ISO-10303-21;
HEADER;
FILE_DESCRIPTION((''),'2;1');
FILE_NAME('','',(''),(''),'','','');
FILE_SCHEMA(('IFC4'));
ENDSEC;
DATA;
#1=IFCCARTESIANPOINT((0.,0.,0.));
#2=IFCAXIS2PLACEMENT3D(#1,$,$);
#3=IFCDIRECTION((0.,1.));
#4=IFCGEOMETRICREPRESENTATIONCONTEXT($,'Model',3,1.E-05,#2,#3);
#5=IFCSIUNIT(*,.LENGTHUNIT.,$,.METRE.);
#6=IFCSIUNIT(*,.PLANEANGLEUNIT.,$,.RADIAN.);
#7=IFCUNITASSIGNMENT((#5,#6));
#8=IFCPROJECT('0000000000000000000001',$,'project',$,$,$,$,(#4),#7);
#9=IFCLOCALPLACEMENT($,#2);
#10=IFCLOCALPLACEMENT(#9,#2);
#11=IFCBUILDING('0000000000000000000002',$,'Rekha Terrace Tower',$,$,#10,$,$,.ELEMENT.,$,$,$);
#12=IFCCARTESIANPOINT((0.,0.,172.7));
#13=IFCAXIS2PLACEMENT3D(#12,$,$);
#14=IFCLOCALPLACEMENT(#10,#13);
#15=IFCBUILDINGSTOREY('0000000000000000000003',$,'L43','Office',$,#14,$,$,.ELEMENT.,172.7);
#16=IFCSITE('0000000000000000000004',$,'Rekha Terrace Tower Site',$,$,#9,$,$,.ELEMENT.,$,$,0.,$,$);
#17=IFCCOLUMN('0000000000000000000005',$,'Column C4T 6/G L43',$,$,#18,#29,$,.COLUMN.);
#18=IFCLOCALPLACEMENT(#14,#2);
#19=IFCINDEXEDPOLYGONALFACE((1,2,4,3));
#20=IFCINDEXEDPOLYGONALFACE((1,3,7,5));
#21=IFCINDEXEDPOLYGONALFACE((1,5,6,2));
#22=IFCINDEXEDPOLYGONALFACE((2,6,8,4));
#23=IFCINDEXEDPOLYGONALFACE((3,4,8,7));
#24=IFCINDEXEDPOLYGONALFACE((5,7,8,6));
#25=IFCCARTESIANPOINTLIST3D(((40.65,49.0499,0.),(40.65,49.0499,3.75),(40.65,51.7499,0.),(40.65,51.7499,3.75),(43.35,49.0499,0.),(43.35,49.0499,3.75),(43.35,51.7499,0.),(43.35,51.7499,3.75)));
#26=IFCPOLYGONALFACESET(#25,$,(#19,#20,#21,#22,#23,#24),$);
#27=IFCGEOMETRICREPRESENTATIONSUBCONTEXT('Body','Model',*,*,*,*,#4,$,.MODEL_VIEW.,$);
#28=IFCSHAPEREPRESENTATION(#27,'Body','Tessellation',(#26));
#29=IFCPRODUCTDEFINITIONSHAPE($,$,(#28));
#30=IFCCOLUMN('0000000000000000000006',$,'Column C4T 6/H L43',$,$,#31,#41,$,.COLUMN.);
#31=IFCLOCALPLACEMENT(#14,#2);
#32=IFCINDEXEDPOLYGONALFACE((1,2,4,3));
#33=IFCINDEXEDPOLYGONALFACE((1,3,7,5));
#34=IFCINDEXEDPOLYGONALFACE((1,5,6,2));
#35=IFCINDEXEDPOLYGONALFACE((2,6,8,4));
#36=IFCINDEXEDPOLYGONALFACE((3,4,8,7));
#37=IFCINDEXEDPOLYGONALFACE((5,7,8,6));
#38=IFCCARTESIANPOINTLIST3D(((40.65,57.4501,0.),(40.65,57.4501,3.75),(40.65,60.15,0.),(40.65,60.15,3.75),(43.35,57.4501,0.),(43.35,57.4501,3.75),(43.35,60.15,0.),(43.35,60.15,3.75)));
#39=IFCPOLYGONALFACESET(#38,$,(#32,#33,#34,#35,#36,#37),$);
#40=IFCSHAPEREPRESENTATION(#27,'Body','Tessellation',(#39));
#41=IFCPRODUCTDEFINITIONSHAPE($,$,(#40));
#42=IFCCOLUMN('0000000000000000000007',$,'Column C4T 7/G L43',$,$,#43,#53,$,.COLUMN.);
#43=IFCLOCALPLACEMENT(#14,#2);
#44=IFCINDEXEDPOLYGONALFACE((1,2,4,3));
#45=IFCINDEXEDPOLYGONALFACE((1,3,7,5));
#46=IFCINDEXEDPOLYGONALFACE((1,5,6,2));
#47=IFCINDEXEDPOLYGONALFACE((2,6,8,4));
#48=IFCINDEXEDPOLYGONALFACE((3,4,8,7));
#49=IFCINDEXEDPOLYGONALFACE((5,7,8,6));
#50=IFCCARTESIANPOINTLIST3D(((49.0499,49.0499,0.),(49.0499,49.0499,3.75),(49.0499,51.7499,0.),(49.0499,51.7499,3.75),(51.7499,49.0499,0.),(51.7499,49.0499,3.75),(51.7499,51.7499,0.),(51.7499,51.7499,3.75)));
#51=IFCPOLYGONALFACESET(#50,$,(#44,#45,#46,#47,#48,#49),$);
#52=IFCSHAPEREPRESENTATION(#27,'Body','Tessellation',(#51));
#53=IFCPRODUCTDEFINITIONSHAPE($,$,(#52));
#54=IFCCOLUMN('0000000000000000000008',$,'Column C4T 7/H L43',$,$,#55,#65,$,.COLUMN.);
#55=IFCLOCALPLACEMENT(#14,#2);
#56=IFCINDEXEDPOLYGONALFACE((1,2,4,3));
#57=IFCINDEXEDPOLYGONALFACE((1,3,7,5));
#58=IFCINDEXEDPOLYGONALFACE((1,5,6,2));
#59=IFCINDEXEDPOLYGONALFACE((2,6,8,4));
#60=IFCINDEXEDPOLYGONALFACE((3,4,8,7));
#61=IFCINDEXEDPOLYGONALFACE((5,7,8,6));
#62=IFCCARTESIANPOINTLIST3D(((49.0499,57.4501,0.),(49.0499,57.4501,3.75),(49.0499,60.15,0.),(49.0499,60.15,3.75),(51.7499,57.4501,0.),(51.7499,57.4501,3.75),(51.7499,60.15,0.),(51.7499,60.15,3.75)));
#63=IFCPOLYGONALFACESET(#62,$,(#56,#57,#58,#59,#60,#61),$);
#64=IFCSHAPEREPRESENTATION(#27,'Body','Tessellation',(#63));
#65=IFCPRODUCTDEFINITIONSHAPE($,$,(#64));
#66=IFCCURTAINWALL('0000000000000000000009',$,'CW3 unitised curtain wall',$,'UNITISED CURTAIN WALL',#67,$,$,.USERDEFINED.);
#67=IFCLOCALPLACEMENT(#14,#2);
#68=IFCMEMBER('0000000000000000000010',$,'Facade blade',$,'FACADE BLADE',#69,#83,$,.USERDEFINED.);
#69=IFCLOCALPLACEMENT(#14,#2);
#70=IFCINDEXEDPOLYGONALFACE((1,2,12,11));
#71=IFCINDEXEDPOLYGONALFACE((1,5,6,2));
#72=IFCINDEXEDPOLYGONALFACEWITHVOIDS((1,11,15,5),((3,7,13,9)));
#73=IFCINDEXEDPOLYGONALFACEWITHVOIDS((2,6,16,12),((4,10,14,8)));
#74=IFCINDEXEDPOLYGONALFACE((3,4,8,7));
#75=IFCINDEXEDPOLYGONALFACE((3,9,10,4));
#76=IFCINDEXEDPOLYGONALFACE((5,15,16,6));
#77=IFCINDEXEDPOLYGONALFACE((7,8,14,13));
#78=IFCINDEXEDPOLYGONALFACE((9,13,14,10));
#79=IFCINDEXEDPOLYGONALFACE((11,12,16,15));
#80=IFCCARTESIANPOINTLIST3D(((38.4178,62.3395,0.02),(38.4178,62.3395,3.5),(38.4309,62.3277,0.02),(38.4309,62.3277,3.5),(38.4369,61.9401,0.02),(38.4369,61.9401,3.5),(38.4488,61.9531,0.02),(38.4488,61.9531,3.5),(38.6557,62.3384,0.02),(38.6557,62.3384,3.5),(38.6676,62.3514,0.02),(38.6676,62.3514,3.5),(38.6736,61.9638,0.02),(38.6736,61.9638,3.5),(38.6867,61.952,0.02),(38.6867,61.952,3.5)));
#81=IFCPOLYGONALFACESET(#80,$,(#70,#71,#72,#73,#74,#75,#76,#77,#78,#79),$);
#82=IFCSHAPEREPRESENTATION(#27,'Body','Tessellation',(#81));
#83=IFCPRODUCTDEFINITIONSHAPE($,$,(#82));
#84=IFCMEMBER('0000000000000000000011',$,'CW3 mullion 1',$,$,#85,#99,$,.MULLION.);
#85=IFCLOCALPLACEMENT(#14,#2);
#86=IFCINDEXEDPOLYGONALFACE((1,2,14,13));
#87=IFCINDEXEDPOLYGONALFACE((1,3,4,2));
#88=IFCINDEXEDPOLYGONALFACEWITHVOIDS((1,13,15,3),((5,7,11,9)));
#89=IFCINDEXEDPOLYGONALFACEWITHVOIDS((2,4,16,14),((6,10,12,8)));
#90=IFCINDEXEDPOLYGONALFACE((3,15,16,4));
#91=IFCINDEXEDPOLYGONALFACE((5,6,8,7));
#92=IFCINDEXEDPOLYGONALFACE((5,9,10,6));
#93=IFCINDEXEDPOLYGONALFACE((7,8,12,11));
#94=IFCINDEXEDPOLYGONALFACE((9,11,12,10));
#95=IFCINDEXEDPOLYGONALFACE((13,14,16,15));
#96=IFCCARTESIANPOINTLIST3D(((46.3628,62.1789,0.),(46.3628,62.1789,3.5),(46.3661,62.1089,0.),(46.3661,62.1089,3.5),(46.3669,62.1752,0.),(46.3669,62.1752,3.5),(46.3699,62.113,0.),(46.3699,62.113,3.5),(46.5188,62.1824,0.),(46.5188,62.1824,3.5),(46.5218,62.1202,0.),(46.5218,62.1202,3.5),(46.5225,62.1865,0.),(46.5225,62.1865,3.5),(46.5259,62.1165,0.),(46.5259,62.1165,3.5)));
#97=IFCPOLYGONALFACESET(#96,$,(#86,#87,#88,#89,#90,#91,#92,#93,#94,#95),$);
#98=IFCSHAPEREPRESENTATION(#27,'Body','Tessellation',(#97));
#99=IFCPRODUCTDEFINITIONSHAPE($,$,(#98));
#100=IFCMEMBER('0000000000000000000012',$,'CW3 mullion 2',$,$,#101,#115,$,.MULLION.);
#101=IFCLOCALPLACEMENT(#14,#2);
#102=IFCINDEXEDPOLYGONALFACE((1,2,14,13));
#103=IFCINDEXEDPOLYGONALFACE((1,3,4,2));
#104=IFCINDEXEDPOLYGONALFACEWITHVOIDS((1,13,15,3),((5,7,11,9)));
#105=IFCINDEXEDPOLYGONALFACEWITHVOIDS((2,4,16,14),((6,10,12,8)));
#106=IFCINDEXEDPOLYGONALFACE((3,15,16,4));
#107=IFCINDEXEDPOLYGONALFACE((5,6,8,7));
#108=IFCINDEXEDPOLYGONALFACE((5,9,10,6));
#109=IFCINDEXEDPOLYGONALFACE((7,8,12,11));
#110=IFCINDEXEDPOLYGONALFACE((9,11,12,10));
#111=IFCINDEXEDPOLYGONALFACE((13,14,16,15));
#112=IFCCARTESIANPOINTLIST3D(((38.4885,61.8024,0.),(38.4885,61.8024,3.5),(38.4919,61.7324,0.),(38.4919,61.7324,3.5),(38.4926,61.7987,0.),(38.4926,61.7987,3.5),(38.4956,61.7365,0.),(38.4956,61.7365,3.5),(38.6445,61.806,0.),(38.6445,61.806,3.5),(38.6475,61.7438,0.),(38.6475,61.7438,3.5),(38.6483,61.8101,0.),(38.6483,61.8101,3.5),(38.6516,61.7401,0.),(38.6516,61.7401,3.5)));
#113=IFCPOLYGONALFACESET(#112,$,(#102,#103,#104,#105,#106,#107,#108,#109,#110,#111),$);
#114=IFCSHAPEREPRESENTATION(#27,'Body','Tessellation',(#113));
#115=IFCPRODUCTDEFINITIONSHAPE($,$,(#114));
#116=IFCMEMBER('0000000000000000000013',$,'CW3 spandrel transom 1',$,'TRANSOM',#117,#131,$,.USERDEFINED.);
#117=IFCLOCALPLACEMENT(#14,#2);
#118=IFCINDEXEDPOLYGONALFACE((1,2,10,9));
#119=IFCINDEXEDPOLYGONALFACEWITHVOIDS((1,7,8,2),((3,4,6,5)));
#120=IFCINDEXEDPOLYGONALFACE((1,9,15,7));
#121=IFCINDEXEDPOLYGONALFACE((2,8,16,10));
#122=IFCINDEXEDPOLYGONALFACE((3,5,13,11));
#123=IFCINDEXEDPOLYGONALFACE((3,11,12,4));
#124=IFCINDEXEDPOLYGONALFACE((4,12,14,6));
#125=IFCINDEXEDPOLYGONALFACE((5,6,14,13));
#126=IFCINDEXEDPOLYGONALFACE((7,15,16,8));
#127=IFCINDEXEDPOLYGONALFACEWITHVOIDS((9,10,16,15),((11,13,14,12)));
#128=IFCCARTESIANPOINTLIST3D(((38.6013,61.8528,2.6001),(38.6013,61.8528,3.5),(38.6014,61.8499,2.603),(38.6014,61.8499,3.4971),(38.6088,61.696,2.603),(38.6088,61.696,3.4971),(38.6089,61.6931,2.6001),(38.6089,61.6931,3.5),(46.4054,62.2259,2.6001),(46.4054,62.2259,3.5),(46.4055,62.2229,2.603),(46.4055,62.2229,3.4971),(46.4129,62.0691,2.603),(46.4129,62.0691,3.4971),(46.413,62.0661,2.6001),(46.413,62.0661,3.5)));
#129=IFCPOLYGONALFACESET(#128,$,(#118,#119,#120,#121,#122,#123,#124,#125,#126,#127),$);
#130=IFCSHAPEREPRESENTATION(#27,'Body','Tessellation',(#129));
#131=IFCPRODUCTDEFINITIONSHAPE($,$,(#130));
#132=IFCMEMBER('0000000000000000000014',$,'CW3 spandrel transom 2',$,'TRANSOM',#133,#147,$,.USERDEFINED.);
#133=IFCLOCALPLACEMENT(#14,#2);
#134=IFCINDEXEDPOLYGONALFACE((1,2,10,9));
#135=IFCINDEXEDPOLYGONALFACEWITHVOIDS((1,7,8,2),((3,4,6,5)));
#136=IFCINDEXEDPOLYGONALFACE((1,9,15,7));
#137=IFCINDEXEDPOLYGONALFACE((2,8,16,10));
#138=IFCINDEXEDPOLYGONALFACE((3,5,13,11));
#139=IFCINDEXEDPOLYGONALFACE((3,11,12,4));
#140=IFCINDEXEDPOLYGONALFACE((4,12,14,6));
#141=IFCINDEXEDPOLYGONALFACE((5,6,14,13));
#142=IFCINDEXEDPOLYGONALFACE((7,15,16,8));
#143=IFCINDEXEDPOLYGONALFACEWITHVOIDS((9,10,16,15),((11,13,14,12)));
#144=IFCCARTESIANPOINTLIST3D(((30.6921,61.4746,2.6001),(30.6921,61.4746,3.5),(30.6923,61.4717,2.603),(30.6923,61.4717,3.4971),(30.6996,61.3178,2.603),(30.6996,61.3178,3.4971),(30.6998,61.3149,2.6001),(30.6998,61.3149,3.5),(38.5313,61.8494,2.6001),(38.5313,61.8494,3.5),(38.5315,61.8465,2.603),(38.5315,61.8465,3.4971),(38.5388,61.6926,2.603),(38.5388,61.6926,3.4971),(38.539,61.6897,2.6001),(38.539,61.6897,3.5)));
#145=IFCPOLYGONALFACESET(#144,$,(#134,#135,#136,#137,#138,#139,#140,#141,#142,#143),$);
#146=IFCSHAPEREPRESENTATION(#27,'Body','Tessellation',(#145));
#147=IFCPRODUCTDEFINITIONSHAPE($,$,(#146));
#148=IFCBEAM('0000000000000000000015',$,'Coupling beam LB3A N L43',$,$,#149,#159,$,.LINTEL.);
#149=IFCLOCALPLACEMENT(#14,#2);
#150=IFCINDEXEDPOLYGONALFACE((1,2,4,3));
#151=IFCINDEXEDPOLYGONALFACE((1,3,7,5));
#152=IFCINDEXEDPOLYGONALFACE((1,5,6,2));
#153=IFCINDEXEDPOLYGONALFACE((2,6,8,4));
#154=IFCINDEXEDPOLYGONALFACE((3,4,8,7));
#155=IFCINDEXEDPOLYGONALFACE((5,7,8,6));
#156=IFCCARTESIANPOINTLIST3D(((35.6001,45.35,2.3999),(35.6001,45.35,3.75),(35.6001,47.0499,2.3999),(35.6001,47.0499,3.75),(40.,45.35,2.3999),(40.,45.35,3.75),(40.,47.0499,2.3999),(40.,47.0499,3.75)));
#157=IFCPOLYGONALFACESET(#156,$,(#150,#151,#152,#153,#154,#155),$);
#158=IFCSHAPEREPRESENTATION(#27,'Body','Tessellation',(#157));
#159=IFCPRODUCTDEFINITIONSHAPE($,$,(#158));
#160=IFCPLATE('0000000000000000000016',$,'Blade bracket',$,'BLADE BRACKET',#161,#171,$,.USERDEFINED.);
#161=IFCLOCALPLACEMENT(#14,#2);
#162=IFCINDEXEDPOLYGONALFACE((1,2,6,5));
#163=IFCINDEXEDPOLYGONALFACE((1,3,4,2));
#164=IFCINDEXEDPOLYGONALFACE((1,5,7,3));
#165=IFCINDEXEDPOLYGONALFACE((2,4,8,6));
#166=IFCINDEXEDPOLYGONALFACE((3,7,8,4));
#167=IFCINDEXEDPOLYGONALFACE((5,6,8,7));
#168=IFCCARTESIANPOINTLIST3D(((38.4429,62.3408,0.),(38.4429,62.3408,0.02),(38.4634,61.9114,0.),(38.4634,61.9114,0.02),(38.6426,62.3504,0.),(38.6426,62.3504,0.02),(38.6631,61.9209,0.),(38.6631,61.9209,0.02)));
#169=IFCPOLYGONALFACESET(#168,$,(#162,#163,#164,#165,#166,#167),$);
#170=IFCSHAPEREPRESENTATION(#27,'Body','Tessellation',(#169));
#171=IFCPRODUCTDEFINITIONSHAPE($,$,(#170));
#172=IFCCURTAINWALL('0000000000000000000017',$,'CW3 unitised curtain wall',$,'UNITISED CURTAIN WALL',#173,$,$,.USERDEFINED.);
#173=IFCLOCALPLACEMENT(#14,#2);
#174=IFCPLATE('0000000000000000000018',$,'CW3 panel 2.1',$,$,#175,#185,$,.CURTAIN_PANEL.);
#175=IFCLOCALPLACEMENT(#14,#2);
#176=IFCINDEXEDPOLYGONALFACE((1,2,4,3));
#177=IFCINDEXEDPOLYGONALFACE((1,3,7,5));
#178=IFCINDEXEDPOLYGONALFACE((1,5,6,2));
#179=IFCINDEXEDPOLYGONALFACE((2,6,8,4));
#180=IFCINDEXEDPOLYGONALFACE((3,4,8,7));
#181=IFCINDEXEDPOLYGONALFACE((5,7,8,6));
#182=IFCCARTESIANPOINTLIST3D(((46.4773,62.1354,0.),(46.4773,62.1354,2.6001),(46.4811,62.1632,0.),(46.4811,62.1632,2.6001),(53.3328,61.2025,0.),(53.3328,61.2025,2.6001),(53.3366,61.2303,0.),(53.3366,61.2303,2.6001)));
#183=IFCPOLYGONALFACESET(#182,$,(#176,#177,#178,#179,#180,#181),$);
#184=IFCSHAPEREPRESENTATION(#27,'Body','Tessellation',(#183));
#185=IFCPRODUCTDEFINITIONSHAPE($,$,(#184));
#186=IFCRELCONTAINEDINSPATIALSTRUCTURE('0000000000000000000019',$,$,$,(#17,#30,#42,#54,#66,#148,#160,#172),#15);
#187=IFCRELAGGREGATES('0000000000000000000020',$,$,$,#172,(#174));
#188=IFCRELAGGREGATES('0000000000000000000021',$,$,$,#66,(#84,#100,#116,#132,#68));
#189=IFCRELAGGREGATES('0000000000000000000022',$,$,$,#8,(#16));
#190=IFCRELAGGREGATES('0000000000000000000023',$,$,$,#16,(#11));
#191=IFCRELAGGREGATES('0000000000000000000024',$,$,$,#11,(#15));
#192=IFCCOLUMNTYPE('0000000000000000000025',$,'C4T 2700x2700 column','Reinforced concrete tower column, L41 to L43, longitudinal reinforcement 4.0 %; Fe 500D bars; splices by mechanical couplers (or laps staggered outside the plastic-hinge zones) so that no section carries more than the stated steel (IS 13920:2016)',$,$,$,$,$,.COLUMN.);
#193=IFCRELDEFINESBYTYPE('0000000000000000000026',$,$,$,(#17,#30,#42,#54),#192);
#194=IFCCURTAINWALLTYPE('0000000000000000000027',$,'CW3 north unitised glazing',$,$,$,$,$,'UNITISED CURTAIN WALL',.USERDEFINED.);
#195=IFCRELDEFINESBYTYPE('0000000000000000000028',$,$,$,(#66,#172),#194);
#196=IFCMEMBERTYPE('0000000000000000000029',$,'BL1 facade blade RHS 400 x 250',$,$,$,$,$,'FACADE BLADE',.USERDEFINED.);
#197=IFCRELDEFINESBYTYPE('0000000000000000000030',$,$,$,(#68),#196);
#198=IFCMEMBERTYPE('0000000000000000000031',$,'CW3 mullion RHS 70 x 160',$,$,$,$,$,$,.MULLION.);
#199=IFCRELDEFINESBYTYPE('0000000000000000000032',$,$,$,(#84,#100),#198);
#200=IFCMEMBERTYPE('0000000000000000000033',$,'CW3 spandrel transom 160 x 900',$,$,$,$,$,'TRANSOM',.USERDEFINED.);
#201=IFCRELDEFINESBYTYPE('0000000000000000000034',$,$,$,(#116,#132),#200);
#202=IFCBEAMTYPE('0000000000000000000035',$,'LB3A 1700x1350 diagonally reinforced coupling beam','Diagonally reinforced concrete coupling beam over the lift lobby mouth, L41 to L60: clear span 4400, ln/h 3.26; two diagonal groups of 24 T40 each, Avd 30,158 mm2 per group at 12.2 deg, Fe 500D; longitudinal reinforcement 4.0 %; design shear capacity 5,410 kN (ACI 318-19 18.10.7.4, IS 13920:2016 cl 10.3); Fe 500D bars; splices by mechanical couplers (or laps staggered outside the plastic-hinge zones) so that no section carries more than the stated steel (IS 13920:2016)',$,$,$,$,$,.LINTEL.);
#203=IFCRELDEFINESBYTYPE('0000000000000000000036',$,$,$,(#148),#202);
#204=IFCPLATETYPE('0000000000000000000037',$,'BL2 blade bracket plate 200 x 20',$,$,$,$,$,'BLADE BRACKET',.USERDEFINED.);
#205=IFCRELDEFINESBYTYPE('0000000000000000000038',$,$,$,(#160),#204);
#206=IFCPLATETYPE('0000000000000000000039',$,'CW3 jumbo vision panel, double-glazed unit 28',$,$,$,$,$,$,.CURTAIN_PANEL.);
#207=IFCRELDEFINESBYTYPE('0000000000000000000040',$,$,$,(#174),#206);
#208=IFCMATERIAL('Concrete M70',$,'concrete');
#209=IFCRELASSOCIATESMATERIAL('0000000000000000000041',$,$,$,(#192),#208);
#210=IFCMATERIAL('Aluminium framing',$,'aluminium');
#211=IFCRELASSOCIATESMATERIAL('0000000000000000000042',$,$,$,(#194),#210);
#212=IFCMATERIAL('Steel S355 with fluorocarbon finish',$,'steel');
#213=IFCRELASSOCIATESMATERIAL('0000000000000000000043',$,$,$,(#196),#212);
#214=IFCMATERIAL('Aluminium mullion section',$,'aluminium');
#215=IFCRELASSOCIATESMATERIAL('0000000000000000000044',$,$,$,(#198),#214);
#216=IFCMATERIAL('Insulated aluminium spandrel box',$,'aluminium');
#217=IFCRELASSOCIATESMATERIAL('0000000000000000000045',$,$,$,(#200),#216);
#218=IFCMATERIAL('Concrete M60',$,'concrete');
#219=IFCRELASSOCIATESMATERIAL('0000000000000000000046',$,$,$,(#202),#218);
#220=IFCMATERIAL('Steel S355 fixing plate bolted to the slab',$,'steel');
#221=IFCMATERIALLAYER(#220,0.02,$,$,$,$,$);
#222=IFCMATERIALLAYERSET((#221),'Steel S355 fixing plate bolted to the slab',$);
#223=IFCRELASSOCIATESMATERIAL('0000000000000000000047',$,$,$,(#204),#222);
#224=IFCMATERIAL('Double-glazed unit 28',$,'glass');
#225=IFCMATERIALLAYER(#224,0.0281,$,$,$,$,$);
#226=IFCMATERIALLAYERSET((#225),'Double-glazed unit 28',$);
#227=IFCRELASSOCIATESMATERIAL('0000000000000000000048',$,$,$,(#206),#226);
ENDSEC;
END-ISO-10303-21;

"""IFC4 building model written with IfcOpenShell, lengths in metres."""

from ifc_helpers import new_model, si_unit, direction, frame, origin, origin_2d, place, context, subcontext, project, spatial, rectangle, hollow_rectangle, extrude, material, layer, layer_set, material_profile, profile_set, type_object, element, aggregate, save


model = new_model("IFC4")

# Units and contexts
model_context = context("Model", 3, precision=1e-05, world=origin(), true_north=direction((0.0, 1.0)))
body_context = subcontext(model_context, "Body", "Model", "MODEL_VIEW")
ifc_project = project(units=[si_unit("LENGTHUNIT", "METRE"), si_unit("PLANEANGLEUNIT", "RADIAN")], contexts=[model_context])

# Site, building, storey
site_placement = place(None, origin())
site = spatial("IfcSite", under=ifc_project, at=site_placement, Name="Rekha Terrace Tower Site", CompositionType="ELEMENT", RefElevation=0.0)
building_placement = place(site_placement, origin())
building = spatial("IfcBuilding", under=site, at=building_placement, Name="Rekha Terrace Tower", CompositionType="ELEMENT")
storey_placement = place(building_placement, frame((0.0, 0.0, 172.7)))
storey = spatial("IfcBuildingStorey", under=building, at=storey_placement, Name="L43", Description="Office", CompositionType="ELEMENT", Elevation=172.7)

# Columns
ifc_material_1 = material(Name="Concrete M70", Category="concrete")
ifc_material_profile_1 = material_profile(ifc_material_1, rectangle(XDim=2.7, YDim=2.7, at=origin_2d()), Name="RC 2700x2700")
ifc_profile_set_1 = profile_set([ifc_material_profile_1], Name="Concrete M70")
column_type = type_object("IfcColumnType", Name="C4T 2700x2700 column", Description="Reinforced concrete tower column, L41 to L43, longitudinal reinforcement 4.0 %; Fe 500D bars; splices by mechanical couplers (or laps staggered outside the plastic-hinge zones) so that no section carries more than the stated steel (IS 13920:2016)", PredefinedType="COLUMN", material=ifc_profile_set_1)
for number, where, z_axis, x_axis, name in (
    (1, (42.0, 50.3999, 0.0), (0.0, 0.0, 1.0), (1.0, 0.0, 0.0), "Column C4T 6/G L43"),
    (2, (42.0, 58.8, 0.0), (0.0, 0.0, 1.0), (1.0, 0.0, 0.0), "Column C4T 6/H L43"),
    (3, (50.3999, 50.3999, 0.0), (0.0, 0.0, 1.0), (1.0, 0.0, 0.0), "Column C4T 7/G L43"),
    (4, (50.3999, 58.8, 0.0), (0.0, 0.0, 1.0), (1.0, 0.0, 0.0), "Column C4T 7/H L43"),
):
    element("IfcColumn", number, at=place(storey_placement, frame(where, z_axis=z_axis, x_axis=x_axis)), inside=storey, type_object=column_type, Name=name, PredefinedType="COLUMN", context=body_context, shape_type="SweptSolid", body=[
        extrude(rectangle(XDim=2.7, YDim=2.7, at=origin_2d()), origin(), (0.0, 0.0, 1.0), 3.75),
    ])

# Curtain wall, members
ifc_material_2 = material(Name="Aluminium framing", Category="aluminium")
curtain_wall_type = type_object("IfcCurtainWallType", Name="CW3 north unitised glazing", ElementType="UNITISED CURTAIN WALL", PredefinedType="USERDEFINED", material=ifc_material_2)
curtain_wall_1_placement = place(storey_placement, origin())
curtain_wall_1 = element("IfcCurtainWall", 5, at=curtain_wall_1_placement, inside=storey, type_object=curtain_wall_type, Name="CW3 unitised curtain wall", ObjectType="UNITISED CURTAIN WALL", PredefinedType="USERDEFINED")
ifc_material_3 = material(Name="Steel S355 with fluorocarbon finish", Category="steel")
ifc_material_profile_2 = material_profile(ifc_material_3, hollow_rectangle(XDim=0.25, YDim=0.3999, WallThickness=0.0125, at=origin_2d()), Name="RHS400x250x12.5")
ifc_profile_set_2 = profile_set([ifc_material_profile_2], Name="Steel S355 with fluorocarbon finish")
member_type_1 = type_object("IfcMemberType", Name="BL1 facade blade RHS 400 x 250", ElementType="FACADE BLADE", PredefinedType="USERDEFINED", material=ifc_profile_set_2)
member_1_placement = place(storey_placement, frame((38.5522, 62.1458, 0.02), z_axis=(0.0, 0.0, 1.0), x_axis=(-0.998859, -0.047758, 0.0)))
member_1 = element("IfcMember", 6, at=member_1_placement, type_object=member_type_1, Name="Facade blade", ObjectType="FACADE BLADE", PredefinedType="USERDEFINED", context=body_context, shape_type="SweptSolid", body=[
    extrude(hollow_rectangle(XDim=0.25, YDim=0.3999, WallThickness=0.0125, at=origin_2d()), origin(), (0.0, 0.0, 1.0), 3.48),
])
ifc_material_4 = material(Name="Aluminium mullion section", Category="aluminium")
ifc_material_profile_3 = material_profile(ifc_material_4, hollow_rectangle(XDim=0.0701, YDim=0.1599, WallThickness=0.0039, at=origin_2d()), Name="AL RHS 70x160")
ifc_profile_set_3 = profile_set([ifc_material_profile_3], Name="Aluminium mullion section")
member_type_2 = type_object("IfcMemberType", Name="CW3 mullion RHS 70 x 160", PredefinedType="MULLION", material=ifc_profile_set_3)
member_2_placement = place(storey_placement, frame((46.4443, 62.1477, 0.0), z_axis=(0.0, 0.0, 1.0), x_axis=(0.047759, -0.998859, 0.0)))
member_2 = element("IfcMember", 7, at=member_2_placement, type_object=member_type_2, Name="CW3 mullion 1", PredefinedType="MULLION", context=body_context, shape_type="SweptSolid", body=[
    extrude(hollow_rectangle(XDim=0.0701, YDim=0.1599, WallThickness=0.0039, at=origin_2d()), origin(), (0.0, 0.0, 1.0), 3.5),
])
member_3_placement = place(storey_placement, frame((38.5701, 61.7712, 0.0), z_axis=(0.0, 0.0, 1.0), x_axis=(0.047759, -0.998859, 0.0)))
member_3 = element("IfcMember", 8, at=member_3_placement, type_object=member_type_2, Name="CW3 mullion 2", PredefinedType="MULLION", context=body_context, shape_type="SweptSolid", body=[
    extrude(hollow_rectangle(XDim=0.0701, YDim=0.1599, WallThickness=0.0039, at=origin_2d()), origin(), (0.0, 0.0, 1.0), 3.5),
])
ifc_material_5 = material(Name="Insulated aluminium spandrel box", Category="aluminium")
ifc_material_profile_4 = material_profile(ifc_material_5, hollow_rectangle(XDim=0.1599, YDim=0.8999, WallThickness=0.0029, at=origin_2d()), Name="AL SPANDREL BOX 160x900")
ifc_profile_set_4 = profile_set([ifc_material_profile_4], Name="Insulated aluminium spandrel box")
member_type_3 = type_object("IfcMemberType", Name="CW3 spandrel transom 160 x 900", ElementType="TRANSOM", PredefinedType="USERDEFINED", material=ifc_profile_set_4)
member_4_placement = place(storey_placement, frame((46.4092, 62.146, 3.05), z_axis=(-0.998859, -0.047748, 0.0), x_axis=(0.047748, -0.998859, 0.0)))
member_4 = element("IfcMember", 9, at=member_4_placement, type_object=member_type_3, Name="CW3 spandrel transom 1", ObjectType="TRANSOM", PredefinedType="USERDEFINED", context=body_context, shape_type="SweptSolid", body=[
    extrude(hollow_rectangle(XDim=0.1599, YDim=0.8999, WallThickness=0.0029, at=origin_2d()), origin(), (0.0, 0.0, 1.0), 7.813),
])
member_5_placement = place(storey_placement, frame((38.5352, 61.7695, 3.05), z_axis=(-0.998859, -0.047751, 0.0), x_axis=(0.047751, -0.998859, 0.0)))
member_5 = element("IfcMember", 10, at=member_5_placement, type_object=member_type_3, Name="CW3 spandrel transom 2", ObjectType="TRANSOM", PredefinedType="USERDEFINED", context=body_context, shape_type="SweptSolid", body=[
    extrude(hollow_rectangle(XDim=0.1599, YDim=0.8999, WallThickness=0.0029, at=origin_2d()), origin(), (0.0, 0.0, 1.0), 7.8481),
])

# Beam
ifc_material_6 = material(Name="Concrete M60", Category="concrete")
ifc_material_profile_5 = material_profile(ifc_material_6, rectangle(XDim=1.7, YDim=1.3501, at=origin_2d()), Name="RC 1700x1350")
ifc_profile_set_5 = profile_set([ifc_material_profile_5], Name="Concrete M60")
beam_type = type_object("IfcBeamType", Name="LB3A 1700x1350 diagonally reinforced coupling beam", Description="Diagonally reinforced concrete coupling beam over the lift lobby mouth, L41 to L60: clear span 4400, ln/h 3.26; two diagonal groups of 24 T40 each, Avd 30,158 mm2 per group at 12.2 deg, Fe 500D; longitudinal reinforcement 4.0 %; design shear capacity 5,410 kN (ACI 318-19 18.10.7.4, IS 13920:2016 cl 10.3); Fe 500D bars; splices by mechanical couplers (or laps staggered outside the plastic-hinge zones) so that no section carries more than the stated steel (IS 13920:2016)", PredefinedType="LINTEL", material=ifc_profile_set_5)
beam_placement = place(storey_placement, frame((35.6001, 46.2, 3.075), z_axis=(1.0, 0.0, 0.0), x_axis=(0.0, 1.0, 0.0)))
element("IfcBeam", 11, at=beam_placement, inside=storey, type_object=beam_type, Name="Coupling beam LB3A N L43", PredefinedType="LINTEL", context=body_context, shape_type="SweptSolid", body=[
    extrude(rectangle(XDim=1.7, YDim=1.3501, at=origin_2d()), origin(), (0.0, 0.0, 1.0), 4.3999),
])

# Plate
ifc_material_7 = material(Name="Steel S355 fixing plate bolted to the slab", Category="steel")
ifc_layer_1 = layer(ifc_material_7, 0.02)
ifc_layer_set_1 = layer_set([ifc_layer_1], Name="Steel S355 fixing plate bolted to the slab")
plate_type_1 = type_object("IfcPlateType", Name="BL2 blade bracket plate 200 x 20", ElementType="BLADE BRACKET", PredefinedType="USERDEFINED", material=ifc_layer_set_1)
plate_1_placement = place(storey_placement, frame((38.553, 62.1309, 0.0), z_axis=(0.0, 0.0, 1.0), x_axis=(-0.047758, 0.998859, 0.0)))
element("IfcPlate", 12, at=plate_1_placement, inside=storey, type_object=plate_type_1, Name="Blade bracket", ObjectType="BLADE BRACKET", PredefinedType="USERDEFINED", context=body_context, shape_type="SweptSolid", body=[
    extrude(rectangle(XDim=0.4299, YDim=0.2, at=origin_2d()), origin(), (0.0, 0.0, 1.0), 0.02),
])

# Curtain wall, plate
curtain_wall_2_placement = place(storey_placement, origin())
curtain_wall_2 = element("IfcCurtainWall", 13, at=curtain_wall_2_placement, inside=storey, type_object=curtain_wall_type, Name="CW3 unitised curtain wall", ObjectType="UNITISED CURTAIN WALL", PredefinedType="USERDEFINED")
ifc_material_8 = material(Name="Double-glazed unit 28", Category="glass")
ifc_layer_2 = layer(ifc_material_8, 0.0281)
ifc_layer_set_2 = layer_set([ifc_layer_2], Name="Double-glazed unit 28")
plate_type_2 = type_object("IfcPlateType", Name="CW3 jumbo vision panel, double-glazed unit 28", PredefinedType="CURTAIN_PANEL", material=ifc_layer_set_2)
plate_2_placement = place(storey_placement, frame((49.907, 61.6829, 0.0), z_axis=(0.0, 0.0, 1.0), x_axis=(-0.990867, 0.134841, 0.0)))
plate_2 = element("IfcPlate", 14, at=plate_2_placement, type_object=plate_type_2, Name="CW3 panel 2.1", PredefinedType="CURTAIN_PANEL", context=body_context, shape_type="SweptSolid", body=[
    extrude(rectangle(XDim=6.9187, YDim=0.0281, at=origin_2d()), origin(), (0.0, 0.0, 1.0), 2.6001),
])
aggregate(curtain_wall_2, [plate_2])

aggregate(curtain_wall_1, [member_2, member_3, member_4, member_5, member_1])

save(model, "model.ifc")
